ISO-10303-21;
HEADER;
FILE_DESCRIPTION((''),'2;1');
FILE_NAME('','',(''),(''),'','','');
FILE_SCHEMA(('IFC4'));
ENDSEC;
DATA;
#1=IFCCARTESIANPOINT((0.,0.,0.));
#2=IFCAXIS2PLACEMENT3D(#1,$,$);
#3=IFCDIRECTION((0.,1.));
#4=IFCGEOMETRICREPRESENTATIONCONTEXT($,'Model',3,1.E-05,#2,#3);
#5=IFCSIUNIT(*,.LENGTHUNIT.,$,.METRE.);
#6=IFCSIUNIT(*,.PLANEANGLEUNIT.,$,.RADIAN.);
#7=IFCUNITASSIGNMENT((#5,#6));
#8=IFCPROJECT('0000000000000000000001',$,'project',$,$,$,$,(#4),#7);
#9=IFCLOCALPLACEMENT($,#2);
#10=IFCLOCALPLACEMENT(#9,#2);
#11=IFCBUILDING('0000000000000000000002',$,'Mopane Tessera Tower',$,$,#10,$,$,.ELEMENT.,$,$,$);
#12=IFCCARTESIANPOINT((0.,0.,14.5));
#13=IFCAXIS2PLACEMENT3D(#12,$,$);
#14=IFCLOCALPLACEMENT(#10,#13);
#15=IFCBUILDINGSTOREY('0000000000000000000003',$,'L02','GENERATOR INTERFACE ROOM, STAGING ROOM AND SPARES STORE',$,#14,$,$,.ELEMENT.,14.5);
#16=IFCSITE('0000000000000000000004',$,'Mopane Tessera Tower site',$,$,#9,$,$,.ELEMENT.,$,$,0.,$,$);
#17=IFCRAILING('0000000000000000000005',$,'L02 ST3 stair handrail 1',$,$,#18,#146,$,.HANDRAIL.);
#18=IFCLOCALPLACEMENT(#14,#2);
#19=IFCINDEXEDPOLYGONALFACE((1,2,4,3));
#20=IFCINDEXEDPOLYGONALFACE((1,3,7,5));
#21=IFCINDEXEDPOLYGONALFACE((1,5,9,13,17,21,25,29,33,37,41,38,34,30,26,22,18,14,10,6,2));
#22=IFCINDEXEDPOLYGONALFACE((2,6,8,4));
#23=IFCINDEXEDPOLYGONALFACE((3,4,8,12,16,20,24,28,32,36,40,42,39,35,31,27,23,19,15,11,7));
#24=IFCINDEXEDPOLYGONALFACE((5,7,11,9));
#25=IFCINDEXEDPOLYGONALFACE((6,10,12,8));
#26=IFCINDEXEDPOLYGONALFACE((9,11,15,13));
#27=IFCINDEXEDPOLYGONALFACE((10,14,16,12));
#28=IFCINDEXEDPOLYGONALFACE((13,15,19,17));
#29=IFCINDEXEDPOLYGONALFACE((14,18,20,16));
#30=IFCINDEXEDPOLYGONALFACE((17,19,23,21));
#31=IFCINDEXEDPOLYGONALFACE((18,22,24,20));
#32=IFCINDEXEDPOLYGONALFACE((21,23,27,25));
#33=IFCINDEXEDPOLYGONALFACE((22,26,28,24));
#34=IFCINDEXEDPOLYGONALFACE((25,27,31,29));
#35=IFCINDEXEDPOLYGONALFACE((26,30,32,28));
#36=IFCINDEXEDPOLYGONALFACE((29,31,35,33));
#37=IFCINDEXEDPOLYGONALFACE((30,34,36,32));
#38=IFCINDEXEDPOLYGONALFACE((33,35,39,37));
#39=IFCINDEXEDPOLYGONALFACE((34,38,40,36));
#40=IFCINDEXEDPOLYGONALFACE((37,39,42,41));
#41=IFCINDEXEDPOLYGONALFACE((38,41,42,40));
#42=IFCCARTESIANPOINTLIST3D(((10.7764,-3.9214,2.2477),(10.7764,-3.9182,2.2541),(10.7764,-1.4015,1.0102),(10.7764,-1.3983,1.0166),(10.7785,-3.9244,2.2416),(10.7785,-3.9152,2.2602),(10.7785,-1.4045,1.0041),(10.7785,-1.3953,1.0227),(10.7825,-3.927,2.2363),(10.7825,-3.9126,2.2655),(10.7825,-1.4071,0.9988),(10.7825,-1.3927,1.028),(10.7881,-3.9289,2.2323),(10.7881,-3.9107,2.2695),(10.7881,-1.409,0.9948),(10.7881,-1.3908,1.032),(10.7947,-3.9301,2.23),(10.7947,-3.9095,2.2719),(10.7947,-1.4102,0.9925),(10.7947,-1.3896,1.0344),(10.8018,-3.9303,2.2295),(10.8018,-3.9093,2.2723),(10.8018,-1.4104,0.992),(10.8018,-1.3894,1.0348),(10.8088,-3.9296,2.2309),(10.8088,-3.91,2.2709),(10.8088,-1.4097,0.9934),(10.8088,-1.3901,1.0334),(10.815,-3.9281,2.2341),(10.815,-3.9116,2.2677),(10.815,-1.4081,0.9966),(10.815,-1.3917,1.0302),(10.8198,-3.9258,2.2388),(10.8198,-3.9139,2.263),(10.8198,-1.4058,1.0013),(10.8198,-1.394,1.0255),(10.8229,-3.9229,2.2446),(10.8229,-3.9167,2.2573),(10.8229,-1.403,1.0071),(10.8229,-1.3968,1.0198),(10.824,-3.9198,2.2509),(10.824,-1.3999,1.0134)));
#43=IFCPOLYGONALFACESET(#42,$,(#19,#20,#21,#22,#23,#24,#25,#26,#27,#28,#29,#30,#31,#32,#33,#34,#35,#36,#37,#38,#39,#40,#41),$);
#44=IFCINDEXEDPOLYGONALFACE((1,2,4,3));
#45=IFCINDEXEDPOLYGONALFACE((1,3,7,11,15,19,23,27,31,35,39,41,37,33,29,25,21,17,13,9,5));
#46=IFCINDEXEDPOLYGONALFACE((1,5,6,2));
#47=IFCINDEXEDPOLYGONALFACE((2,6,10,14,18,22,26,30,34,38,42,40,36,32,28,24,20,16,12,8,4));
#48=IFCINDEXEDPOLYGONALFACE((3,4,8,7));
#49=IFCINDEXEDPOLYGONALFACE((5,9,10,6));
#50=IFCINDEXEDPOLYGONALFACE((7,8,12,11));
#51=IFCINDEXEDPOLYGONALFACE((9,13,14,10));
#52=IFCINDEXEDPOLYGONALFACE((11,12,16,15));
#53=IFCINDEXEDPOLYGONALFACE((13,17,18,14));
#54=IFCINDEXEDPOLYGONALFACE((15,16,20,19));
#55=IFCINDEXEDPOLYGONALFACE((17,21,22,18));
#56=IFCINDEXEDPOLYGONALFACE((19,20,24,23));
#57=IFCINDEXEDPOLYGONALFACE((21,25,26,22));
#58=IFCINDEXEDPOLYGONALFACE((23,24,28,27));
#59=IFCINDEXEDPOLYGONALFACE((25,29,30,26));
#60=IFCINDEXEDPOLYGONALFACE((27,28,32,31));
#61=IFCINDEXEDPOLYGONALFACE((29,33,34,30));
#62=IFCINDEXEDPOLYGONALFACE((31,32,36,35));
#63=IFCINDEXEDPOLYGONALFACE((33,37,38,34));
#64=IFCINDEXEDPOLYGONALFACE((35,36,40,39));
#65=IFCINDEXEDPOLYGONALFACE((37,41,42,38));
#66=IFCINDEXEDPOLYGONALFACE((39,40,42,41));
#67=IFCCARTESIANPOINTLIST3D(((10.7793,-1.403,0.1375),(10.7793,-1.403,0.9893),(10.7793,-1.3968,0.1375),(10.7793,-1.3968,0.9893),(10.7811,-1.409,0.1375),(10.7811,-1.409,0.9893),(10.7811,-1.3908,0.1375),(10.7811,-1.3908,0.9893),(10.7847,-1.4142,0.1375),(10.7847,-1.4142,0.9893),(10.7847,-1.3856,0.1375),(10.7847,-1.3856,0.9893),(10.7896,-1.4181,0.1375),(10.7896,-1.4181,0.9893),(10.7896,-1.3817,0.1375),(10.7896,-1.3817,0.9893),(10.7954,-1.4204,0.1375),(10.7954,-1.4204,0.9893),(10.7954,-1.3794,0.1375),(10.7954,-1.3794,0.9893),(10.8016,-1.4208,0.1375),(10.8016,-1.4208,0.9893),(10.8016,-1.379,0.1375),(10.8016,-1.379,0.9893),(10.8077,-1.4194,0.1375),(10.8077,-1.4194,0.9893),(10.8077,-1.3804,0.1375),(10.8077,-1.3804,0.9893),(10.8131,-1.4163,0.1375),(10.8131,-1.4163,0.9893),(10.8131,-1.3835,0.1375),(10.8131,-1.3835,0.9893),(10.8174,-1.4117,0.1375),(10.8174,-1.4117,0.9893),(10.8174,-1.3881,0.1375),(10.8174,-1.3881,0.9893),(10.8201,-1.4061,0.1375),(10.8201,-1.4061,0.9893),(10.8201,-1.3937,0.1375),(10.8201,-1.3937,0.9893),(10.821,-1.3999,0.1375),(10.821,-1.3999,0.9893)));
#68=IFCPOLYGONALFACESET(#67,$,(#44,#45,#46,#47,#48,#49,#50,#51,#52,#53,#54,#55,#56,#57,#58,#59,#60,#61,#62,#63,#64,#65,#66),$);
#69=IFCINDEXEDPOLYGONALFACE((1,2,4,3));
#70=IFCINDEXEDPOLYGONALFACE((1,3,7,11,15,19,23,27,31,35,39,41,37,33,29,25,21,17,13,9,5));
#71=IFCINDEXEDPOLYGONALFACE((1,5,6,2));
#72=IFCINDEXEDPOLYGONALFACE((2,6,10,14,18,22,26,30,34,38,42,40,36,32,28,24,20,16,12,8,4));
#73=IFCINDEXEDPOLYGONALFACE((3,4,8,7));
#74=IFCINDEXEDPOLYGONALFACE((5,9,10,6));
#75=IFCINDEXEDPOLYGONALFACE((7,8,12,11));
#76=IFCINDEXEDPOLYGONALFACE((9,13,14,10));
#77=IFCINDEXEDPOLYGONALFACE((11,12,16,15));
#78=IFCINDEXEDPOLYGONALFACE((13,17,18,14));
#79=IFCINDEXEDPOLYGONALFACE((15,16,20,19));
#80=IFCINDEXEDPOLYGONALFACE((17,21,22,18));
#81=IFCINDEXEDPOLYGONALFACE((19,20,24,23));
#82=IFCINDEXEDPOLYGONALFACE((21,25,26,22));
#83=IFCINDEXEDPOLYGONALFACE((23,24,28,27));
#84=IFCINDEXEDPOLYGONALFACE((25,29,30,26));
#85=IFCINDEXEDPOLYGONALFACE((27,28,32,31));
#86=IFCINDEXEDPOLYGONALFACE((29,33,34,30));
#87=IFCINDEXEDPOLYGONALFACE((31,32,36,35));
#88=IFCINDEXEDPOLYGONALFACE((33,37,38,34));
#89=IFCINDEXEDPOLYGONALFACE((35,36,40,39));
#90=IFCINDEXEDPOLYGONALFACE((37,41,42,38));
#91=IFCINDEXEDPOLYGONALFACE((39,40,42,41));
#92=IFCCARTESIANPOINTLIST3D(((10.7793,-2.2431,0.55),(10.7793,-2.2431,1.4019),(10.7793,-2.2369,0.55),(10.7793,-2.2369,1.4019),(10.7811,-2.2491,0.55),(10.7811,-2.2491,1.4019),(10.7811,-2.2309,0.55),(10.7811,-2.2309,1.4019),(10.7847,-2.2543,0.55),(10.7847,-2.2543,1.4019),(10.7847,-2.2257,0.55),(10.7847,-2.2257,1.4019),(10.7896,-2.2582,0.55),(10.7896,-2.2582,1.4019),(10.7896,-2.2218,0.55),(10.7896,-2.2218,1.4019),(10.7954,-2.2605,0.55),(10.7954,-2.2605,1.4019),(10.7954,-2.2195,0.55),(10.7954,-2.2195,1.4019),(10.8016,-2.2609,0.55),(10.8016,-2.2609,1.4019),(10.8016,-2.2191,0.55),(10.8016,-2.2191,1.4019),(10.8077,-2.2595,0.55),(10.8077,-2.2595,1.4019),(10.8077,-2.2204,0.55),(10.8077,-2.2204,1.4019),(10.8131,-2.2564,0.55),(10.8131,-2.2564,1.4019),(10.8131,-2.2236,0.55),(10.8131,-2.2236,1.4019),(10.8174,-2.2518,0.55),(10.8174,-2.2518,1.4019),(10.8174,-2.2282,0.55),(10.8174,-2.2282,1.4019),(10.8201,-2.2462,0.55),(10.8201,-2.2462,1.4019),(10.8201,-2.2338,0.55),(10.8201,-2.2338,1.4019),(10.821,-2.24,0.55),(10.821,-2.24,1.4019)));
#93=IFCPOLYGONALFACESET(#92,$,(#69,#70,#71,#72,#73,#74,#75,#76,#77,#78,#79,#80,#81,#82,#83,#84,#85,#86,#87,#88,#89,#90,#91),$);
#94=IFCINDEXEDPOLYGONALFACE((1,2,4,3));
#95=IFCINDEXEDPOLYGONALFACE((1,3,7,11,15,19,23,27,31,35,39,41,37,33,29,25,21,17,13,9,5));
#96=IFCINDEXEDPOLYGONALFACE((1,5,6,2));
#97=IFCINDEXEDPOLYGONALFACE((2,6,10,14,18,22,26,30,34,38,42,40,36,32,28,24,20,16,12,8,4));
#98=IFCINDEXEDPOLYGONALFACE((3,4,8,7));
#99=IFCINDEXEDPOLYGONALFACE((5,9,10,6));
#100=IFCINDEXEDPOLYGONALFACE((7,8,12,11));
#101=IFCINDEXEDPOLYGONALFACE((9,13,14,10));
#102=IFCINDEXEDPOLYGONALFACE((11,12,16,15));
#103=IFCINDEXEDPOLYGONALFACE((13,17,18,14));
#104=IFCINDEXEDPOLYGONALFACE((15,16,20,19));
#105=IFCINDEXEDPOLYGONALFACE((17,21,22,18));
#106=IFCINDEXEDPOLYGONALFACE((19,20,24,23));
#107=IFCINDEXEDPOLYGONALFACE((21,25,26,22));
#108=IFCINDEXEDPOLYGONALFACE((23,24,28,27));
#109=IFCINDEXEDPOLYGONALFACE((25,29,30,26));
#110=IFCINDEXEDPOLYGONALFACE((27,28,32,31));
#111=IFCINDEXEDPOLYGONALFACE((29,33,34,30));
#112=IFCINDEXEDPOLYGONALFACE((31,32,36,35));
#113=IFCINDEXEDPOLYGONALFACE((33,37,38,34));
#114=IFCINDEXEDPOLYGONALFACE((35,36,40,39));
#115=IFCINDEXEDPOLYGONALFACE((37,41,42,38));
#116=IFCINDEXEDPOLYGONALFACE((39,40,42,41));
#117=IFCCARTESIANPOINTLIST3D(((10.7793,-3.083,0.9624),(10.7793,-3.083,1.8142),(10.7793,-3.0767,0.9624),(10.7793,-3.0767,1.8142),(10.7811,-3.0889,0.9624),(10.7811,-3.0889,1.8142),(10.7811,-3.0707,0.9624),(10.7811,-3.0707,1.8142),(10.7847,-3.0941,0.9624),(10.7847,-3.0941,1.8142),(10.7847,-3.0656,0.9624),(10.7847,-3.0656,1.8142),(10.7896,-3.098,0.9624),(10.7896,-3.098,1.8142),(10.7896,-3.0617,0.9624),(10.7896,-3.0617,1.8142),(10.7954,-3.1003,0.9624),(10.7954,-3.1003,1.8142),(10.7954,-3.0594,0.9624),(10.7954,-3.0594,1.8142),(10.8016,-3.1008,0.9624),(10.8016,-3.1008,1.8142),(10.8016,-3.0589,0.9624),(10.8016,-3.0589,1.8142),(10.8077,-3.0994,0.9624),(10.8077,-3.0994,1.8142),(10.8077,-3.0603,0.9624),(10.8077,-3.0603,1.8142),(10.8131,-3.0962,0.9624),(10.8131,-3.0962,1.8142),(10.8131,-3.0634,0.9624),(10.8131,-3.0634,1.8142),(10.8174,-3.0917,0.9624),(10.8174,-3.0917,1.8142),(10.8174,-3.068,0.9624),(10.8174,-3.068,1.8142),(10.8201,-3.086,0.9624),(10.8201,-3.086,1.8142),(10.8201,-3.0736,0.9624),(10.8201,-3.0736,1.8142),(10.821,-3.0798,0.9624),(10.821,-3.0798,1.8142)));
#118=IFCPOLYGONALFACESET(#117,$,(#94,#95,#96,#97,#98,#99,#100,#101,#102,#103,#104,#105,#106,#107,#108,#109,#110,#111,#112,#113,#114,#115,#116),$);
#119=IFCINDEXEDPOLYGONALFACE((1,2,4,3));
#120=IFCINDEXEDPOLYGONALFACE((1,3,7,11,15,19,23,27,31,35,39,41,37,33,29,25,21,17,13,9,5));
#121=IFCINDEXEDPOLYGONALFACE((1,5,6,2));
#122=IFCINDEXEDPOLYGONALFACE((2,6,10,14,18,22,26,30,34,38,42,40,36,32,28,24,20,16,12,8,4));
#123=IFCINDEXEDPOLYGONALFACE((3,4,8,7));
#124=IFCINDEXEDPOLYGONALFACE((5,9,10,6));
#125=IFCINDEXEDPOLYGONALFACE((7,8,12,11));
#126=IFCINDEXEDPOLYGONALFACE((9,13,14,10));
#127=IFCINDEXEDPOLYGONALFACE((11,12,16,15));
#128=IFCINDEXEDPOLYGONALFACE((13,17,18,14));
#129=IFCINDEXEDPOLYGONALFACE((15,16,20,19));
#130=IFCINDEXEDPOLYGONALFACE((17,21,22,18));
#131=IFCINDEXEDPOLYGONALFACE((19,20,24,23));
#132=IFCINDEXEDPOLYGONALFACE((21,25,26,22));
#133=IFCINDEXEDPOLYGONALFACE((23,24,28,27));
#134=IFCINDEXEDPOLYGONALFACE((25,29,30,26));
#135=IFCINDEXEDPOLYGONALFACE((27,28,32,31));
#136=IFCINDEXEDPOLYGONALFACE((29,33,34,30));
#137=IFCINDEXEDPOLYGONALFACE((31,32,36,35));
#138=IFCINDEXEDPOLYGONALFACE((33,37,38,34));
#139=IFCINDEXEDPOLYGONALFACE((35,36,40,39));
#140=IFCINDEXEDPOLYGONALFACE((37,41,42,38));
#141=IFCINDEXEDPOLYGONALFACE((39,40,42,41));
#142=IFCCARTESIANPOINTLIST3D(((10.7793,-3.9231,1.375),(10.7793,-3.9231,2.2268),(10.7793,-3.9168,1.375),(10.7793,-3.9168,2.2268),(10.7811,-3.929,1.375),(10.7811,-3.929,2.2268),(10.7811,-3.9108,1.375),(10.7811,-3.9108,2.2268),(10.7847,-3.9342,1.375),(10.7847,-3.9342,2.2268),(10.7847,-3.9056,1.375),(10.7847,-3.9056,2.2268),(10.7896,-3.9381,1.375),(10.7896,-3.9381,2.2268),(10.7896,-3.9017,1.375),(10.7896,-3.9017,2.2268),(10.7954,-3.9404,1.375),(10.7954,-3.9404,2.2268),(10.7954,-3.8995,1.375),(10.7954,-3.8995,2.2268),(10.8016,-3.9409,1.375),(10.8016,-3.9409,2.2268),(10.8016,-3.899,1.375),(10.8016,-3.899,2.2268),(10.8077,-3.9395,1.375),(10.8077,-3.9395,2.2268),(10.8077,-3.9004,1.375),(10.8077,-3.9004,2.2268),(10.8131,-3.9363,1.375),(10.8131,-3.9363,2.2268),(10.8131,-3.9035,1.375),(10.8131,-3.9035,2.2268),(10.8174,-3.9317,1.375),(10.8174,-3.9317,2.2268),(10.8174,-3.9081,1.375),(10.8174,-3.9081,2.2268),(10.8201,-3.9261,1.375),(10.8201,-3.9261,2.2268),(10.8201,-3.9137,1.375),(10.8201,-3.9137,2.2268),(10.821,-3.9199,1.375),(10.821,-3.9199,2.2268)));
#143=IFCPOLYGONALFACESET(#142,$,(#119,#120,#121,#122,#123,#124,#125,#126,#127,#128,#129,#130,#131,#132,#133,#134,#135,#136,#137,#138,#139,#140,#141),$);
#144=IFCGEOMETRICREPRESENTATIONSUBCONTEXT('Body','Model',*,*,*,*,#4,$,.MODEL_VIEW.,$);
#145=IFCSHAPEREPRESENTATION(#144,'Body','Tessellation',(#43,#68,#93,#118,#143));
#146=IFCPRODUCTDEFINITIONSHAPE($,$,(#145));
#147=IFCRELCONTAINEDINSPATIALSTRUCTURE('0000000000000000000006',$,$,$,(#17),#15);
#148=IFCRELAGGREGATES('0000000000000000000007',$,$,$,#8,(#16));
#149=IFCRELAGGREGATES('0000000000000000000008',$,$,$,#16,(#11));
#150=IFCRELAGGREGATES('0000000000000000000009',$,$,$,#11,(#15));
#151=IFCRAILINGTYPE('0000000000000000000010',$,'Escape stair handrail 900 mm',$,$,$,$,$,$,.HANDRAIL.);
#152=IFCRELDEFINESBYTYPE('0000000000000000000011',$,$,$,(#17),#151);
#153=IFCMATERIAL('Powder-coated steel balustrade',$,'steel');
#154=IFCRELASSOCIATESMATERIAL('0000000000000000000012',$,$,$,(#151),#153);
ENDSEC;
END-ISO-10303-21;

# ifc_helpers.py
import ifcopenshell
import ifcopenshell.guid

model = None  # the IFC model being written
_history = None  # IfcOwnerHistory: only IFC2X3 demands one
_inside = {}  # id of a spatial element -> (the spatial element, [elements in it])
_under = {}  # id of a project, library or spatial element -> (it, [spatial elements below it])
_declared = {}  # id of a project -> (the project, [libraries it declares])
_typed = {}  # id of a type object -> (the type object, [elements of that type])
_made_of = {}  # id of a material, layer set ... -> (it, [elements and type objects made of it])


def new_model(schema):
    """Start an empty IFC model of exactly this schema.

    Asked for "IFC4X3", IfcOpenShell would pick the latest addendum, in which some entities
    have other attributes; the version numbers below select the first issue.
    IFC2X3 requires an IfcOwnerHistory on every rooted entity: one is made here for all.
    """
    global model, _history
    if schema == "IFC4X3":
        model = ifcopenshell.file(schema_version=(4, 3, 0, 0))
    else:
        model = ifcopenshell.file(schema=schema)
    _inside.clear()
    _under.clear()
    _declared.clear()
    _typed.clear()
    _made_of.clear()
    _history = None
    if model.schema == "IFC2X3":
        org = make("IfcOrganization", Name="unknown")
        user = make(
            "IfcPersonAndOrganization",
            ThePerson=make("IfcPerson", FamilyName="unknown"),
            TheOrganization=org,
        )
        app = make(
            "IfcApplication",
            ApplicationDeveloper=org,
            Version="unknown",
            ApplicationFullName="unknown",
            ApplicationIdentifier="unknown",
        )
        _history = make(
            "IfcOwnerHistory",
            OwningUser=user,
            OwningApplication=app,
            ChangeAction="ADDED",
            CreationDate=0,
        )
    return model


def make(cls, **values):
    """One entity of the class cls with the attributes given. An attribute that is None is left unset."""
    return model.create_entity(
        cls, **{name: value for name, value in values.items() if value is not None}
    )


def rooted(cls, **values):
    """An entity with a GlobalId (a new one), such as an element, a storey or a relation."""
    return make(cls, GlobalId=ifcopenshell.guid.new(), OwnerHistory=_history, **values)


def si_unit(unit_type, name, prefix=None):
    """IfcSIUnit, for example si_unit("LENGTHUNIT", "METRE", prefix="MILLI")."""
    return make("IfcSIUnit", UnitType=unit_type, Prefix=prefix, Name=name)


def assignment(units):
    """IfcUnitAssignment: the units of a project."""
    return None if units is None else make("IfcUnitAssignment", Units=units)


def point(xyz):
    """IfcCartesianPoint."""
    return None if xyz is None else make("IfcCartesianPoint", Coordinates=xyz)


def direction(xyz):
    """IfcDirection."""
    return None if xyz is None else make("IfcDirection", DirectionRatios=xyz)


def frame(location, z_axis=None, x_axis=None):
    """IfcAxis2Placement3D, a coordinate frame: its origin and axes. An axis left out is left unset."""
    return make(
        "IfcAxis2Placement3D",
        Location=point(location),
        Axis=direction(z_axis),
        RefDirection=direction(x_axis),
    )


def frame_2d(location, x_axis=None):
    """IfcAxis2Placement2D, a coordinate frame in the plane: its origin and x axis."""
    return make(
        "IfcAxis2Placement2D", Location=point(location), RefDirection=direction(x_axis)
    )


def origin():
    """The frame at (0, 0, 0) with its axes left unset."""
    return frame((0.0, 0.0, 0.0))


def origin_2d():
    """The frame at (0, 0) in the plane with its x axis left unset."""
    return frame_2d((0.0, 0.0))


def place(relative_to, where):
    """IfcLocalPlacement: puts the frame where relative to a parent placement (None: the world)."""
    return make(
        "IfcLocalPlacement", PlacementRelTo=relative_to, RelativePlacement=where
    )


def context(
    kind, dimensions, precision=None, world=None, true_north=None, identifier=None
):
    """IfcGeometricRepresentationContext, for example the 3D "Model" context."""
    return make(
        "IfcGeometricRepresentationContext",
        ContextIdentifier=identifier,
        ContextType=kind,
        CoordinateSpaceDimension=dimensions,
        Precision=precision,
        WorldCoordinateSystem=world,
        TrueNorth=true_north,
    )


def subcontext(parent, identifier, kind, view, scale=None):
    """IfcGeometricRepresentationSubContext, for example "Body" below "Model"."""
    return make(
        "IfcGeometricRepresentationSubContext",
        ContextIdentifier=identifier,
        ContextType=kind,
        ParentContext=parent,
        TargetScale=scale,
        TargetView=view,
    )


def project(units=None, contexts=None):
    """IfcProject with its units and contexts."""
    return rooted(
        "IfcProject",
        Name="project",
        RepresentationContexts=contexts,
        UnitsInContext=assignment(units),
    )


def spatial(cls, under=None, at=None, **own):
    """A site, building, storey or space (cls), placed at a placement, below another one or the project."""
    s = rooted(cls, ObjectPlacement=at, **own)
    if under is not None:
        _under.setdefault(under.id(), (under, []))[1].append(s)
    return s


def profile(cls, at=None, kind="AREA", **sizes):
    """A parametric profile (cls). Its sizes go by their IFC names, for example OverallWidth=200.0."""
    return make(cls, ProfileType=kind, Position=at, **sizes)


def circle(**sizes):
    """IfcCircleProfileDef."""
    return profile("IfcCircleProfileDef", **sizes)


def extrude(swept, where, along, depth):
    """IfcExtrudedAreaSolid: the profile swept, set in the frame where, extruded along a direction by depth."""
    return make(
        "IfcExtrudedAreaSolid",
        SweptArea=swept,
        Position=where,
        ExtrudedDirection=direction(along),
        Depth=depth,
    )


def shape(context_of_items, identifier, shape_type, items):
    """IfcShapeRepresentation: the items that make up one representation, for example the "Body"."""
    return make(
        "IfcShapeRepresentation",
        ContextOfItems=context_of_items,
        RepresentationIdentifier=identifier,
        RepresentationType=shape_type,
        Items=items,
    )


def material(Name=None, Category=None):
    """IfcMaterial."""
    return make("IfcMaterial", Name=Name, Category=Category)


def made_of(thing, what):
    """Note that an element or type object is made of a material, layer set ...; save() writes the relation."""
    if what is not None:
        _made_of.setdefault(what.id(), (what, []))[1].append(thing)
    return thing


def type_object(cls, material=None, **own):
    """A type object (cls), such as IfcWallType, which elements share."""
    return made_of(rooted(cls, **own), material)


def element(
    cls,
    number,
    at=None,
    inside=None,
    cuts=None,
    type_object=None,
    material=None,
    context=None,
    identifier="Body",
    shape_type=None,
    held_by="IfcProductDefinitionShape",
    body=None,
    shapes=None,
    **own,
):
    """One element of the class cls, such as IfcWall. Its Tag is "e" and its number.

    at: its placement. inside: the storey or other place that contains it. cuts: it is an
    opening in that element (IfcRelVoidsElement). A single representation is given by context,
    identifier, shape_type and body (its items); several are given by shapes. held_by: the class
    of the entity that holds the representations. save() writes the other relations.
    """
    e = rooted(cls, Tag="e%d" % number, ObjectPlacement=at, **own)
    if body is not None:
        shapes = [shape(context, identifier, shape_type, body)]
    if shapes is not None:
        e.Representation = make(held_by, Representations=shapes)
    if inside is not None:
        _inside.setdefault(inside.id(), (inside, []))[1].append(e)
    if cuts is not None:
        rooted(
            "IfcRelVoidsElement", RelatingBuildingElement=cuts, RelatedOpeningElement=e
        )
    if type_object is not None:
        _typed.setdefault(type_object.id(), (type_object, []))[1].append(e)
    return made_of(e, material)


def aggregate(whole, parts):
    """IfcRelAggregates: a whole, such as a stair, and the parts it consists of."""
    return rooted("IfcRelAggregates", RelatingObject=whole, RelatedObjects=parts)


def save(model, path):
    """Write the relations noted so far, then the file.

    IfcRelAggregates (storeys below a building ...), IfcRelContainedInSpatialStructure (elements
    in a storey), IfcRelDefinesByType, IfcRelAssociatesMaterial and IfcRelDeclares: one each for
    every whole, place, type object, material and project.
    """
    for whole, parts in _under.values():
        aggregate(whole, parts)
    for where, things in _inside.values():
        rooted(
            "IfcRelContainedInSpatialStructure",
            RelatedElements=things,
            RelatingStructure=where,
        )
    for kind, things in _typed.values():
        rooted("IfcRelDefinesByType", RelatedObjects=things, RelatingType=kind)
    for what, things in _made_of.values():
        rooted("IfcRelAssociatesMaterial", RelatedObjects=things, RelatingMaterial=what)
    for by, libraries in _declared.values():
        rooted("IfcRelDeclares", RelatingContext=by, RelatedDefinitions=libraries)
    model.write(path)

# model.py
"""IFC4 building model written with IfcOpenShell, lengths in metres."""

from ifc_helpers import new_model, si_unit, direction, frame, origin, origin_2d, place, context, subcontext, project, spatial, circle, extrude, material, type_object, element, save


model = new_model("IFC4")

# Units and contexts
model_context = context("Model", 3, precision=1e-05, world=origin(), true_north=direction((0.0, 1.0)))
body_context = subcontext(model_context, "Body", "Model", "MODEL_VIEW")
ifc_project = project(units=[si_unit("LENGTHUNIT", "METRE"), si_unit("PLANEANGLEUNIT", "RADIAN")], contexts=[model_context])

# Site, building, storey
site_placement = place(None, origin())
site = spatial("IfcSite", under=ifc_project, at=site_placement, Name="Mopane Tessera Tower site", CompositionType="ELEMENT", RefElevation=0.0)
building_placement = place(site_placement, origin())
building = spatial("IfcBuilding", under=site, at=building_placement, Name="Mopane Tessera Tower", CompositionType="ELEMENT")
storey_placement = place(building_placement, frame((0.0, 0.0, 14.5)))
storey = spatial("IfcBuildingStorey", under=building, at=storey_placement, Name="L02", Description="GENERATOR INTERFACE ROOM, STAGING ROOM AND SPARES STORE", CompositionType="ELEMENT", Elevation=14.5)

# Railing
ifc_material_1 = material(Name="Powder-coated steel balustrade", Category="steel")
railing_type_1 = type_object("IfcRailingType", Name="Escape stair handrail 900 mm", PredefinedType="HANDRAIL", material=ifc_material_1)
railing_1_placement = place(storey_placement, frame((10.8, -1.3999, 0.1375)))
element("IfcRailing", 1, at=railing_1_placement, inside=storey, type_object=railing_type_1, Name="L02 ST3 stair handrail 1", PredefinedType="HANDRAIL", context=body_context, shape_type="SweptSolid", body=[
    extrude(circle(Radius=0.0239, at=origin_2d()), frame((0.0, 0.0, 0.876), z_axis=(0.0, -0.897604, 0.440802), x_axis=(1.0, 0.0, 0.0)), (0.0, 0.0, 1.0), 2.8074),
    extrude(circle(Radius=0.021, at=origin_2d()), origin(), (0.0, 0.0, 1.0), 0.8518),
    extrude(circle(Radius=0.021, at=origin_2d()), frame((0.0, -0.8401, 0.4126)), (0.0, 0.0, 1.0), 0.8518),
    extrude(circle(Radius=0.021, at=origin_2d()), frame((0.0, -1.6799, 0.825)), (0.0, 0.0, 1.0), 0.8518),
    extrude(circle(Radius=0.021, at=origin_2d()), frame((0.0, -2.52, 1.2375)), (0.0, 0.0, 1.0), 0.8518),
])

save(model, "model.ifc")
